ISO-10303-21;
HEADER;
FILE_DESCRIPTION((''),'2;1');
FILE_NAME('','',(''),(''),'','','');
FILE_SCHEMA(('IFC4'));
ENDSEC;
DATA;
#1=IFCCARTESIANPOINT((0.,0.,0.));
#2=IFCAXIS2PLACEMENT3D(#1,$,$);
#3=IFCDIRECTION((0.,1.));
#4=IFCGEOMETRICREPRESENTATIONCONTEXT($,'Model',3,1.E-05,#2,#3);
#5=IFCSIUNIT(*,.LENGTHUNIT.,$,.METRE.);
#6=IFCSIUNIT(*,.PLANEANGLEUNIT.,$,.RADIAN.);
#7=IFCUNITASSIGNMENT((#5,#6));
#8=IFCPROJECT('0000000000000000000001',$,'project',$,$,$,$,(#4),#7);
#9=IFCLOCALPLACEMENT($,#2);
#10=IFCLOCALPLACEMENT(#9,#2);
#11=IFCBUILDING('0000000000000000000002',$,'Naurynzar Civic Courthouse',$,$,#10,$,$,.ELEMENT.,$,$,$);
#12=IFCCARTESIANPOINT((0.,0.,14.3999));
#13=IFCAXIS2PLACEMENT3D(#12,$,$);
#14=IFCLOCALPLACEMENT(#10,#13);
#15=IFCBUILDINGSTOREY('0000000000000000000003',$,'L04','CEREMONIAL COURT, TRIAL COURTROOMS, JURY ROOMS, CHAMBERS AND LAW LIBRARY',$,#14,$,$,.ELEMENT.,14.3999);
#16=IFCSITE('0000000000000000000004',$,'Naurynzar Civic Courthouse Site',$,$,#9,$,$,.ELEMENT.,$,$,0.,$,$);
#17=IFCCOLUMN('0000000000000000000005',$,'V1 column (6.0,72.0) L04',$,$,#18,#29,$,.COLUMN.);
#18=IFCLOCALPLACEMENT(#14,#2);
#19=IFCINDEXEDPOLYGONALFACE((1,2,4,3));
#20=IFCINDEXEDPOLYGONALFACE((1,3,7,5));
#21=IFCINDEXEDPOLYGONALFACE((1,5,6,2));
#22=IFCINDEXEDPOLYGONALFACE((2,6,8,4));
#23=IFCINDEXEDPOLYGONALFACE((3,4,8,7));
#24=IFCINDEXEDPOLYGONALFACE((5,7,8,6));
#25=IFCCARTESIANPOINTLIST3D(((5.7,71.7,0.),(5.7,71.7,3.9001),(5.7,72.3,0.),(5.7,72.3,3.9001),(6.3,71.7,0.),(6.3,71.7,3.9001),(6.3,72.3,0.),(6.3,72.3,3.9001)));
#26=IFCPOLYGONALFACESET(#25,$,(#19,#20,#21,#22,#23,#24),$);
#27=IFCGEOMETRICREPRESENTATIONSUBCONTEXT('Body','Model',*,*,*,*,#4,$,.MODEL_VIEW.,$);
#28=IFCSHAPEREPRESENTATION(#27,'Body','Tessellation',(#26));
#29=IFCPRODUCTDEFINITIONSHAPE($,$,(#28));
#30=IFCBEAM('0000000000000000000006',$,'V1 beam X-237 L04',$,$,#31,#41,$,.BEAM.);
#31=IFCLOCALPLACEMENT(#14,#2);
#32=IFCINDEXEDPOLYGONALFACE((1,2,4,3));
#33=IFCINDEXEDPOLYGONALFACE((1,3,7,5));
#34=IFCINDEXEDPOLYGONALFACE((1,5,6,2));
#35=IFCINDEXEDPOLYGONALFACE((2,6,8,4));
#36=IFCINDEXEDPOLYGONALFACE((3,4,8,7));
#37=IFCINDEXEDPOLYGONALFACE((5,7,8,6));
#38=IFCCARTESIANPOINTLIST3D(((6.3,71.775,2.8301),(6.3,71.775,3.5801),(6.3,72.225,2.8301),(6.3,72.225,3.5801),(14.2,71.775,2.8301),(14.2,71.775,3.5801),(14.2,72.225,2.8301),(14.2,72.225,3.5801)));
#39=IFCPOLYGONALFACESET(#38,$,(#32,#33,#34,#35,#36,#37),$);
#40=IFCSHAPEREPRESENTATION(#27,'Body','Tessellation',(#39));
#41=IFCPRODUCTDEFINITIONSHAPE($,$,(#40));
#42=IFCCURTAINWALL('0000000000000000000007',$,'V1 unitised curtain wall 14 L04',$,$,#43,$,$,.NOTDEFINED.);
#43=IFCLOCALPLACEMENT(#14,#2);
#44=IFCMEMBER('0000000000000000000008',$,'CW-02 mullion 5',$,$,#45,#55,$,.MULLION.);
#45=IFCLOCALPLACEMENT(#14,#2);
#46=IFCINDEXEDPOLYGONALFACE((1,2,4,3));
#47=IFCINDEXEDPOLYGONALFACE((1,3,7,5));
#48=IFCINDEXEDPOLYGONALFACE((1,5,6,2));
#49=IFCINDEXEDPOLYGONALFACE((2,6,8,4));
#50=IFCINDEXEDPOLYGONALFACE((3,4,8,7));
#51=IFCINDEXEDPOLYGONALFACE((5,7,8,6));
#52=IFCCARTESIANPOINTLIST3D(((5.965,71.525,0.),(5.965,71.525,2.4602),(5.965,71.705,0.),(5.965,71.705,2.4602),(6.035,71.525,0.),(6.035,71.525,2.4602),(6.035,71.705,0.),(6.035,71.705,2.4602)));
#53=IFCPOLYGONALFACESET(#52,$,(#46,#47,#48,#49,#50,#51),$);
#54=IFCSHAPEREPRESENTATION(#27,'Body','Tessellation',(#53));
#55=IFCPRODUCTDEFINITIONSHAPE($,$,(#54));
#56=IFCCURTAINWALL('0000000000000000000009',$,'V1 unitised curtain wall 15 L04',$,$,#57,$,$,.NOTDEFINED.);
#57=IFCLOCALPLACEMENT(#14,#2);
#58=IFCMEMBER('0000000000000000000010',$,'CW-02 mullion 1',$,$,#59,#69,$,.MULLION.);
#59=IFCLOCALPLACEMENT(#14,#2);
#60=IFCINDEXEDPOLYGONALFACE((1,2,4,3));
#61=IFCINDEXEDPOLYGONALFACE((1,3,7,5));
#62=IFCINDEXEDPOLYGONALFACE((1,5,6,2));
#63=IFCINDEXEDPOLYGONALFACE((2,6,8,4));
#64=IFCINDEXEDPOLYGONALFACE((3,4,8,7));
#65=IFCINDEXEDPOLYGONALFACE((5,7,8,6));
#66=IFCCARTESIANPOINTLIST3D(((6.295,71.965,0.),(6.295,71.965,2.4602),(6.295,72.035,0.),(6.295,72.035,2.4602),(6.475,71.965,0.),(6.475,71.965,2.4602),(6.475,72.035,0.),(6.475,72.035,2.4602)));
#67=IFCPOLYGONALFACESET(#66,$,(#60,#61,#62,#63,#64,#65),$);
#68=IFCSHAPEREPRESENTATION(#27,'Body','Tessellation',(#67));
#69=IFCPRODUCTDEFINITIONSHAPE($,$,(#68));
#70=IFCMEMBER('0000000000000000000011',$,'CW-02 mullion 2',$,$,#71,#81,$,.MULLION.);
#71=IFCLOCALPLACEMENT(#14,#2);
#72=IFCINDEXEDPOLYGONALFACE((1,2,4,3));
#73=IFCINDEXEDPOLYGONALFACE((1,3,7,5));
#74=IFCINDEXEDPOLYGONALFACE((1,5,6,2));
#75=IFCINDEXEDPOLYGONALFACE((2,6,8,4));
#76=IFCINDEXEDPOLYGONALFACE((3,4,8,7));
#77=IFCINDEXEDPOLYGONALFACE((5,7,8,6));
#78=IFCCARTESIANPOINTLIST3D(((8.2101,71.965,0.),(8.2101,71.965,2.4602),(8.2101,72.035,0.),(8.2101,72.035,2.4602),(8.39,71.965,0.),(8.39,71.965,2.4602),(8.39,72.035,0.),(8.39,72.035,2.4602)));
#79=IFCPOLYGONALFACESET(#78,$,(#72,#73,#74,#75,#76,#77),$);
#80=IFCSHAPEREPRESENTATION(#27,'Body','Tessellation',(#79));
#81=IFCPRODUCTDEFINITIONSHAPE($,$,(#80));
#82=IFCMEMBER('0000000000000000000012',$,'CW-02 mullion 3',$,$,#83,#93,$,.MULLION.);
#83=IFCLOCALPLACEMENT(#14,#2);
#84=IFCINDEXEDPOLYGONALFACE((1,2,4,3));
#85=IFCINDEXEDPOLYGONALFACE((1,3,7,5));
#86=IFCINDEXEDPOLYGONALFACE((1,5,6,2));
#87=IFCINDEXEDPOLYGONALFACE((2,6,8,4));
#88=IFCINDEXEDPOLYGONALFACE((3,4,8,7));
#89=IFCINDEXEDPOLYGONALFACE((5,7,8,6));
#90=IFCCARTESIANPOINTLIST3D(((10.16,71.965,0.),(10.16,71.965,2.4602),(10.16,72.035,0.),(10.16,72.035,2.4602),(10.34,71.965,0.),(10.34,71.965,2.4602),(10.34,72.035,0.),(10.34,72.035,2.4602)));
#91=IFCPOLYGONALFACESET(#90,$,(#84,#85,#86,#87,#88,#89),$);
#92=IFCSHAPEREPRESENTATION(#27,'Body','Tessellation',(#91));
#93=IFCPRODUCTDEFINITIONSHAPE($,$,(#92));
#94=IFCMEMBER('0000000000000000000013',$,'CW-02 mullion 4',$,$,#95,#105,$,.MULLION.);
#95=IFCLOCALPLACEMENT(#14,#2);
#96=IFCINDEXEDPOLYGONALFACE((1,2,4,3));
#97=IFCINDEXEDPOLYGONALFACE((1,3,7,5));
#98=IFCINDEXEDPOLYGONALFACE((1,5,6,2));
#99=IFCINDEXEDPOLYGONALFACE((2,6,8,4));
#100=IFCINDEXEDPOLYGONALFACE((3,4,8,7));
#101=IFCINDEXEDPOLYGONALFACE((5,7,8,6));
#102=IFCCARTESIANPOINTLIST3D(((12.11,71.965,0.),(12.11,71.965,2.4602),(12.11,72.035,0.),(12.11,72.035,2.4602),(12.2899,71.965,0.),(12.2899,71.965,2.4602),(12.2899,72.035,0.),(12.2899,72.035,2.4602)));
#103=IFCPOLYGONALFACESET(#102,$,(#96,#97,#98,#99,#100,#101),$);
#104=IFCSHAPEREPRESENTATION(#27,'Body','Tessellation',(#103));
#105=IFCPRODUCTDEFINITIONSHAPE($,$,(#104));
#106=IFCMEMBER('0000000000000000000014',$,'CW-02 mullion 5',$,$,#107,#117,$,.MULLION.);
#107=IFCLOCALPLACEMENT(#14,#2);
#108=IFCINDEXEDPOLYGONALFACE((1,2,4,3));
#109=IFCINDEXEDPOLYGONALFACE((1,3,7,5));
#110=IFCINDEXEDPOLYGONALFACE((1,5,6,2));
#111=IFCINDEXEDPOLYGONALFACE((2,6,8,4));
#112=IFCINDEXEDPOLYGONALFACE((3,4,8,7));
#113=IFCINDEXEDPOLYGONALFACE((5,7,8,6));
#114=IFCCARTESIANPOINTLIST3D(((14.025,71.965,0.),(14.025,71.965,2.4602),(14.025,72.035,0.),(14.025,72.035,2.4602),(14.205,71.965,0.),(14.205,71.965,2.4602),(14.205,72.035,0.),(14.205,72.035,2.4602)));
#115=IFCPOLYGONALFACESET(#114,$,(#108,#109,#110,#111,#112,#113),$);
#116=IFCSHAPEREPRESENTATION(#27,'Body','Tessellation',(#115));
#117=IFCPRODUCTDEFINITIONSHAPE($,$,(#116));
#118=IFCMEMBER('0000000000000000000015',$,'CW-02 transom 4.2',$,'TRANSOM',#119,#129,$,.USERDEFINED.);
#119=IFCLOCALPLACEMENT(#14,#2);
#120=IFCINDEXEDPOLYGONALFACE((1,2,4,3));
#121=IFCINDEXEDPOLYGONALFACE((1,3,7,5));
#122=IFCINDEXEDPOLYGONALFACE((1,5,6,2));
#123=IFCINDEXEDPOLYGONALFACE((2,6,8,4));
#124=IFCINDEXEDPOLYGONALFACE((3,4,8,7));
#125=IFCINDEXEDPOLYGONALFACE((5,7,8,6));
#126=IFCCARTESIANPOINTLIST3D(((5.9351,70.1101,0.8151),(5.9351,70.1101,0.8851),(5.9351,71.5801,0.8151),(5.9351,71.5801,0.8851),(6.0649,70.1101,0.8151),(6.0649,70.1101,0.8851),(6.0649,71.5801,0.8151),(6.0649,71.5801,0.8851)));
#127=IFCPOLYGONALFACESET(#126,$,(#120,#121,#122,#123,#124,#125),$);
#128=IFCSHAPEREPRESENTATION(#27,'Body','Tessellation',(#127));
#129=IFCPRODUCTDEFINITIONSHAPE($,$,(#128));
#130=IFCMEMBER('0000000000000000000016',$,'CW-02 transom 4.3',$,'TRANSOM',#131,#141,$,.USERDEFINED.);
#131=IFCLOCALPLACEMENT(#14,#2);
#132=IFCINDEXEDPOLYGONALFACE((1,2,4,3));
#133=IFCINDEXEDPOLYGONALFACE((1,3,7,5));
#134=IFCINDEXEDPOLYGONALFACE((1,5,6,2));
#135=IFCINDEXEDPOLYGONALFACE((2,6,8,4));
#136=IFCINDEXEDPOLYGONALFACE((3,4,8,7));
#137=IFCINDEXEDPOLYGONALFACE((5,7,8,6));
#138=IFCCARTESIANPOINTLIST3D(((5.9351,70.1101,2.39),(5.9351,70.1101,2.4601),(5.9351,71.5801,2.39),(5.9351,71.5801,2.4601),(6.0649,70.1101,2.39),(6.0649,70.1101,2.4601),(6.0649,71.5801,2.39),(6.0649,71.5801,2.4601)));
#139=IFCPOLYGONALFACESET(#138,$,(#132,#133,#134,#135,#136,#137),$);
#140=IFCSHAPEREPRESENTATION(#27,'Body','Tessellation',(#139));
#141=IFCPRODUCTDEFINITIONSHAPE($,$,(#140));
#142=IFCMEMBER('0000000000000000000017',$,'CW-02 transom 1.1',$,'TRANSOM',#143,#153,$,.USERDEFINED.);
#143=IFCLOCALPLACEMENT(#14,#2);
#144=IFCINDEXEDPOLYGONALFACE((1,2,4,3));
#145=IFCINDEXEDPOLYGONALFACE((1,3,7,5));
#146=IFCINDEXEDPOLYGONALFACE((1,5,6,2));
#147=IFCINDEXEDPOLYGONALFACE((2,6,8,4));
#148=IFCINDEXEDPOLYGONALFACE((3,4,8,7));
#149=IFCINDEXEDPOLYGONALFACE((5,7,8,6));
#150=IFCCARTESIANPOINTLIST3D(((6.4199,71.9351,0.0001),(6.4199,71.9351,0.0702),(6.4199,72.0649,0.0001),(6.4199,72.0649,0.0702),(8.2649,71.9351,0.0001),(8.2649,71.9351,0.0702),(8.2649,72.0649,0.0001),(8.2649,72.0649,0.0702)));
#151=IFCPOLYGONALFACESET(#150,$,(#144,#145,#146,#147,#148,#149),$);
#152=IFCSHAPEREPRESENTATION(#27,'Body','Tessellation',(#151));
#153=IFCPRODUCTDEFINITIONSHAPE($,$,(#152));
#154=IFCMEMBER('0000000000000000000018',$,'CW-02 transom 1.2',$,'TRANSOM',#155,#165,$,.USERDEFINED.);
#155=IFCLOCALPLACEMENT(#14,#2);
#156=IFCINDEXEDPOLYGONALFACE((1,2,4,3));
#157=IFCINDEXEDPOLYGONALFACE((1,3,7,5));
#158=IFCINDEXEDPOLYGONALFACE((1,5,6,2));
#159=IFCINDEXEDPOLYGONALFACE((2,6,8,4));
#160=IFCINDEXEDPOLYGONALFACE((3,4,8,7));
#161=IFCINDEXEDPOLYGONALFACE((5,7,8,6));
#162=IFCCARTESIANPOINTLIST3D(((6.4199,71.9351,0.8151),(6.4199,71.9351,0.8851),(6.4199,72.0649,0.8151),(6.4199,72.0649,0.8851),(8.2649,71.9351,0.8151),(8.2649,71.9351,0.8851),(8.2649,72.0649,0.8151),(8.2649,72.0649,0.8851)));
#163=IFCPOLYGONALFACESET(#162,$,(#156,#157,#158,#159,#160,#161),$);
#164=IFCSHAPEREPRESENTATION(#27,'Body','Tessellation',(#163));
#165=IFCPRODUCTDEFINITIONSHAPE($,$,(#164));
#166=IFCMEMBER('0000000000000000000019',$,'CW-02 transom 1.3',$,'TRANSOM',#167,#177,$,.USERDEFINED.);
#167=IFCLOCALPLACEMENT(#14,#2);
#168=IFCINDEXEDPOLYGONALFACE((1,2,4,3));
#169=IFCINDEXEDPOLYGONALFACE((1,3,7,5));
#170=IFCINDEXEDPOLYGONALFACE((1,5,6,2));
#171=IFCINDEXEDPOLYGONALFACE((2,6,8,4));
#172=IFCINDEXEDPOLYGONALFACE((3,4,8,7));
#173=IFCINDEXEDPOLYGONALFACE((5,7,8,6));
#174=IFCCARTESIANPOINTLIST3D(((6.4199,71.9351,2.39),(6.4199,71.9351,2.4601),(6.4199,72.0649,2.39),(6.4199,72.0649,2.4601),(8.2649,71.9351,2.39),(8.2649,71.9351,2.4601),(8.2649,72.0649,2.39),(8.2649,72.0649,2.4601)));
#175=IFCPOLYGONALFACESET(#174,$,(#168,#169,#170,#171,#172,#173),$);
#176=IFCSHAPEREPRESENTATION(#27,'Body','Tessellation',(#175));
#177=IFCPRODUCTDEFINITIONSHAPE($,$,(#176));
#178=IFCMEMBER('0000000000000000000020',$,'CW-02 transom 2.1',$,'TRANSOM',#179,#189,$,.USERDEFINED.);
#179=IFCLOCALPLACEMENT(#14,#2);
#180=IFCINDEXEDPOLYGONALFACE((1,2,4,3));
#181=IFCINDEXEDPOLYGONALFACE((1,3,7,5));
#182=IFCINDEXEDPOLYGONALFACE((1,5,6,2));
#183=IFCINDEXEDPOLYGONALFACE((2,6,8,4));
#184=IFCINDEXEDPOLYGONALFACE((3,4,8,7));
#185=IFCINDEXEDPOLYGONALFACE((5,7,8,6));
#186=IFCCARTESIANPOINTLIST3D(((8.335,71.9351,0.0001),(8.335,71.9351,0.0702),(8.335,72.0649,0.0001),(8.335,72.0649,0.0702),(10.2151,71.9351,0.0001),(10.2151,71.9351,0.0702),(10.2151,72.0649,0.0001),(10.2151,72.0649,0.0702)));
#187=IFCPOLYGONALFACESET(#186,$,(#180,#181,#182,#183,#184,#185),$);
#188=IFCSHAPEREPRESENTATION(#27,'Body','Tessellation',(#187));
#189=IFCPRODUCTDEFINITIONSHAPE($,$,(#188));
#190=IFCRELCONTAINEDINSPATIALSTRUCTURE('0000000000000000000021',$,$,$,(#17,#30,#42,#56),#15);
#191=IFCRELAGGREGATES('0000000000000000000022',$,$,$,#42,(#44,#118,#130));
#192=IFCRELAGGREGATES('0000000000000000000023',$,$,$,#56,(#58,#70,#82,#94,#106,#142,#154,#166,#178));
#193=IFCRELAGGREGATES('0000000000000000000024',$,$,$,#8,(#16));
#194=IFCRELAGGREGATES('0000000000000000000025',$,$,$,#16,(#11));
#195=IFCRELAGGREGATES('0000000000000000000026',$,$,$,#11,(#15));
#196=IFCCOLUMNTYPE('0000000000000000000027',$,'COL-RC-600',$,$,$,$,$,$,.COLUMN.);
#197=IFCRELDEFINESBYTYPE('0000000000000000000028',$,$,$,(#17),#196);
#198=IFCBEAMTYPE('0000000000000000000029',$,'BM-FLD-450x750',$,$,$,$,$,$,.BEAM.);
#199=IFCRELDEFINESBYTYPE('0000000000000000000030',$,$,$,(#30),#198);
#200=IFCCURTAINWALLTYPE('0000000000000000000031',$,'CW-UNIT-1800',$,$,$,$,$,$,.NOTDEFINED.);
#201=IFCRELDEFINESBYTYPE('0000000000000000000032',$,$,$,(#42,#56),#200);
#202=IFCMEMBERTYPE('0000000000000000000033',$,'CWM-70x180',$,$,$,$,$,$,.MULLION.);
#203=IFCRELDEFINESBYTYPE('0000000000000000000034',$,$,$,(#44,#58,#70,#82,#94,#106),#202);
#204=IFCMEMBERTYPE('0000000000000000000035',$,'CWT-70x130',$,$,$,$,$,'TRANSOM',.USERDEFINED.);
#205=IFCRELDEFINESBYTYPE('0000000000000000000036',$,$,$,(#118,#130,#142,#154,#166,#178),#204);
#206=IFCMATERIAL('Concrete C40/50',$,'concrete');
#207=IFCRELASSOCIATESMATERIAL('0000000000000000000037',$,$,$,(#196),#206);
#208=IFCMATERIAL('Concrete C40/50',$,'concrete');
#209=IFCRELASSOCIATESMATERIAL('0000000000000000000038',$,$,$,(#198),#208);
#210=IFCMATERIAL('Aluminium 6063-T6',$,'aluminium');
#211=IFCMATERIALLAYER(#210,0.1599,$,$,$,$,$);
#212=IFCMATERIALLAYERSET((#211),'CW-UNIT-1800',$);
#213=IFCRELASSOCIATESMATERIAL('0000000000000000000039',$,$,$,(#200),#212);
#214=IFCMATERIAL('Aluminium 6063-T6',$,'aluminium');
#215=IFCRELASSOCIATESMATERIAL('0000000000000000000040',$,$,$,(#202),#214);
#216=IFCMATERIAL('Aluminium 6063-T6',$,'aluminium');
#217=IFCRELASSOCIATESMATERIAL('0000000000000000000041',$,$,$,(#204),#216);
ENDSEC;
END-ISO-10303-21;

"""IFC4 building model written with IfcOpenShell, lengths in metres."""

from ifc_helpers import new_model, si_unit, direction, frame, origin, origin_2d, place, context, subcontext, project, spatial, rectangle, extrude, material, layer, layer_set, material_profile, profile_set, type_object, element, aggregate, save


model = new_model("IFC4")

# Units and contexts
model_context = context("Model", 3, precision=1e-05, world=origin(), true_north=direction((0.0, 1.0)))
body_context = subcontext(model_context, "Body", "Model", "MODEL_VIEW")
ifc_project = project(units=[si_unit("LENGTHUNIT", "METRE"), si_unit("PLANEANGLEUNIT", "RADIAN")], contexts=[model_context])

# Site, building, storey
site_placement = place(None, origin())
site = spatial("IfcSite", under=ifc_project, at=site_placement, Name="Naurynzar Civic Courthouse Site", CompositionType="ELEMENT", RefElevation=0.0)
building_placement = place(site_placement, origin())
building = spatial("IfcBuilding", under=site, at=building_placement, Name="Naurynzar Civic Courthouse", CompositionType="ELEMENT")
storey_placement = place(building_placement, frame((0.0, 0.0, 14.3999)))
storey = spatial("IfcBuildingStorey", under=building, at=storey_placement, Name="L04", Description="CEREMONIAL COURT, TRIAL COURTROOMS, JURY ROOMS, CHAMBERS AND LAW LIBRARY", CompositionType="ELEMENT", Elevation=14.3999)

# Column
ifc_material_1 = material(Name="Concrete C40/50", Category="concrete")
ifc_material_profile_1 = material_profile(ifc_material_1, rectangle(XDim=0.6001, YDim=0.6001, at=origin_2d()), Name="RC 600x600")
ifc_profile_set_1 = profile_set([ifc_material_profile_1], Name="Concrete C40/50")
column_type = type_object("IfcColumnType", Name="COL-RC-600", PredefinedType="COLUMN", material=ifc_profile_set_1)
column_placement = place(storey_placement, frame((6.0, 72.0, 0.0), z_axis=(0.0, 0.0, 1.0), x_axis=(1.0, 0.0, 0.0)))
element("IfcColumn", 1, at=column_placement, inside=storey, type_object=column_type, Name="V1 column (6.0,72.0) L04", PredefinedType="COLUMN", context=body_context, shape_type="SweptSolid", body=[
    extrude(rectangle(XDim=0.6001, YDim=0.6001, at=origin_2d()), origin(), (0.0, 0.0, 1.0), 3.9001),
])

# Beam
ifc_material_2 = material(Name="Concrete C40/50", Category="concrete")
ifc_material_profile_2 = material_profile(ifc_material_2, rectangle(XDim=0.45, YDim=0.75, at=origin_2d()), Name="RCF 450x750")
ifc_profile_set_2 = profile_set([ifc_material_profile_2], Name="Concrete C40/50")
beam_type = type_object("IfcBeamType", Name="BM-FLD-450x750", PredefinedType="BEAM", material=ifc_profile_set_2)
beam_placement = place(storey_placement, frame((6.3, 72.0, 3.2051), z_axis=(1.0, 0.0, 0.0), x_axis=(0.0, 1.0, 0.0)))
element("IfcBeam", 2, at=beam_placement, inside=storey, type_object=beam_type, Name="V1 beam X-237 L04", PredefinedType="BEAM", context=body_context, shape_type="SweptSolid", body=[
    extrude(rectangle(XDim=0.45, YDim=0.75, at=origin_2d()), origin(), (0.0, 0.0, 1.0), 7.8999),
])

# Curtain wall, member
ifc_material_3 = material(Name="Aluminium 6063-T6", Category="aluminium")
ifc_layer_1 = layer(ifc_material_3, 0.1599)
ifc_layer_set_1 = layer_set([ifc_layer_1], Name="CW-UNIT-1800")
curtain_wall_type = type_object("IfcCurtainWallType", Name="CW-UNIT-1800", PredefinedType="NOTDEFINED", material=ifc_layer_set_1)
curtain_wall_1_placement = place(storey_placement, origin())
curtain_wall_1 = element("IfcCurtainWall", 3, at=curtain_wall_1_placement, inside=storey, type_object=curtain_wall_type, Name="V1 unitised curtain wall 14 L04", PredefinedType="NOTDEFINED")
ifc_material_4 = material(Name="Aluminium 6063-T6", Category="aluminium")
ifc_material_profile_3 = material_profile(ifc_material_4, rectangle(XDim=0.0701, YDim=0.1799, at=origin_2d()), Name="ALU MULLION 70x180")
ifc_profile_set_3 = profile_set([ifc_material_profile_3], Name="Aluminium 6063-T6")
member_type_1 = type_object("IfcMemberType", Name="CWM-70x180", PredefinedType="MULLION", material=ifc_profile_set_3)
member_1_placement = place(storey_placement, frame((6.0, 71.615, 0.0), z_axis=(0.0, 0.0, 1.0), x_axis=(-1.0, 0.0, 0.0)))
member_1 = element("IfcMember", 4, at=member_1_placement, type_object=member_type_1, Name="CW-02 mullion 5", PredefinedType="MULLION", context=body_context, shape_type="SweptSolid", body=[
    extrude(rectangle(XDim=0.0701, YDim=0.1799, at=origin_2d()), origin(), (0.0, 0.0, 1.0), 2.4602),
])

# Curtain wall, members
curtain_wall_2_placement = place(storey_placement, origin())
curtain_wall_2 = element("IfcCurtainWall", 5, at=curtain_wall_2_placement, inside=storey, type_object=curtain_wall_type, Name="V1 unitised curtain wall 15 L04", PredefinedType="NOTDEFINED")
member_2_placement = place(storey_placement, frame((6.385, 72.0, 0.0), z_axis=(0.0, 0.0, 1.0), x_axis=(0.0, 1.0, 0.0)))
member_2 = element("IfcMember", 6, at=member_2_placement, type_object=member_type_1, Name="CW-02 mullion 1", PredefinedType="MULLION", context=body_context, shape_type="SweptSolid", body=[
    extrude(rectangle(XDim=0.0701, YDim=0.1799, at=origin_2d()), origin(), (0.0, 0.0, 1.0), 2.4602),
])
member_3_placement = place(storey_placement, frame((8.3, 72.0, 0.0), z_axis=(0.0, 0.0, 1.0), x_axis=(0.0, 1.0, 0.0)))
member_3 = element("IfcMember", 7, at=member_3_placement, type_object=member_type_1, Name="CW-02 mullion 2", PredefinedType="MULLION", context=body_context, shape_type="SweptSolid", body=[
    extrude(rectangle(XDim=0.0701, YDim=0.1799, at=origin_2d()), origin(), (0.0, 0.0, 1.0), 2.4602),
])
member_4_placement = place(storey_placement, frame((10.25, 72.0, 0.0), z_axis=(0.0, 0.0, 1.0), x_axis=(0.0, 1.0, 0.0)))
member_4 = element("IfcMember", 8, at=member_4_placement, type_object=member_type_1, Name="CW-02 mullion 3", PredefinedType="MULLION", context=body_context, shape_type="SweptSolid", body=[
    extrude(rectangle(XDim=0.0701, YDim=0.1799, at=origin_2d()), origin(), (0.0, 0.0, 1.0), 2.4602),
])
member_5_placement = place(storey_placement, frame((12.2, 72.0, 0.0), z_axis=(0.0, 0.0, 1.0), x_axis=(0.0, 1.0, 0.0)))
member_5 = element("IfcMember", 9, at=member_5_placement, type_object=member_type_1, Name="CW-02 mullion 4", PredefinedType="MULLION", context=body_context, shape_type="SweptSolid", body=[
    extrude(rectangle(XDim=0.0701, YDim=0.1799, at=origin_2d()), origin(), (0.0, 0.0, 1.0), 2.4602),
])
member_6_placement = place(storey_placement, frame((14.115, 72.0, 0.0), z_axis=(0.0, 0.0, 1.0), x_axis=(0.0, 1.0, 0.0)))
member_6 = element("IfcMember", 10, at=member_6_placement, type_object=member_type_1, Name="CW-02 mullion 5", PredefinedType="MULLION", context=body_context, shape_type="SweptSolid", body=[
    extrude(rectangle(XDim=0.0701, YDim=0.1799, at=origin_2d()), origin(), (0.0, 0.0, 1.0), 2.4602),
])

# Members
ifc_material_5 = material(Name="Aluminium 6063-T6", Category="aluminium")
ifc_material_profile_4 = material_profile(ifc_material_5, rectangle(XDim=0.1299, YDim=0.0701, at=origin_2d()), Name="ALU TRANSOM 70x130")
ifc_profile_set_4 = profile_set([ifc_material_profile_4], Name="Aluminium 6063-T6")
member_type_2 = type_object("IfcMemberType", Name="CWT-70x130", ElementType="TRANSOM", PredefinedType="USERDEFINED", material=ifc_profile_set_4)
member_7_placement = place(storey_placement, frame((6.0, 70.1101, 0.8501), z_axis=(0.0, 1.0, 0.0), x_axis=(-1.0, 0.0, 0.0)))
member_7 = element("IfcMember", 11, at=member_7_placement, type_object=member_type_2, Name="CW-02 transom 4.2", ObjectType="TRANSOM", PredefinedType="USERDEFINED", context=body_context, shape_type="SweptSolid", body=[
    extrude(rectangle(XDim=0.1299, YDim=0.0701, at=origin_2d()), origin(), (0.0, 0.0, 1.0), 1.47),
])
member_8_placement = place(storey_placement, frame((6.0, 70.1101, 2.425), z_axis=(0.0, 1.0, 0.0), x_axis=(-1.0, 0.0, 0.0)))
member_8 = element("IfcMember", 12, at=member_8_placement, type_object=member_type_2, Name="CW-02 transom 4.3", ObjectType="TRANSOM", PredefinedType="USERDEFINED", context=body_context, shape_type="SweptSolid", body=[
    extrude(rectangle(XDim=0.1299, YDim=0.0701, at=origin_2d()), origin(), (0.0, 0.0, 1.0), 1.47),
])
member_9_placement = place(storey_placement, frame((6.4199, 72.0, 0.0352), z_axis=(1.0, 0.0, 0.0), x_axis=(0.0, 1.0, 0.0)))
member_9 = element("IfcMember", 13, at=member_9_placement, type_object=member_type_2, Name="CW-02 transom 1.1", ObjectType="TRANSOM", PredefinedType="USERDEFINED", context=body_context, shape_type="SweptSolid", body=[
    extrude(rectangle(XDim=0.1299, YDim=0.0701, at=origin_2d()), origin(), (0.0, 0.0, 1.0), 1.845),
])
member_10_placement = place(storey_placement, frame((6.4199, 72.0, 0.8501), z_axis=(1.0, 0.0, 0.0), x_axis=(0.0, 1.0, 0.0)))
member_10 = element("IfcMember", 14, at=member_10_placement, type_object=member_type_2, Name="CW-02 transom 1.2", ObjectType="TRANSOM", PredefinedType="USERDEFINED", context=body_context, shape_type="SweptSolid", body=[
    extrude(rectangle(XDim=0.1299, YDim=0.0701, at=origin_2d()), origin(), (0.0, 0.0, 1.0), 1.845),
])
member_11_placement = place(storey_placement, frame((6.4199, 72.0, 2.425), z_axis=(1.0, 0.0, 0.0), x_axis=(0.0, 1.0, 0.0)))
member_11 = element("IfcMember", 15, at=member_11_placement, type_object=member_type_2, Name="CW-02 transom 1.3", ObjectType="TRANSOM", PredefinedType="USERDEFINED", context=body_context, shape_type="SweptSolid", body=[
    extrude(rectangle(XDim=0.1299, YDim=0.0701, at=origin_2d()), origin(), (0.0, 0.0, 1.0), 1.845),
])
member_12_placement = place(storey_placement, frame((8.335, 72.0, 0.0352), z_axis=(1.0, 0.0, 0.0), x_axis=(0.0, 1.0, 0.0)))
member_12 = element("IfcMember", 16, at=member_12_placement, type_object=member_type_2, Name="CW-02 transom 2.1", ObjectType="TRANSOM", PredefinedType="USERDEFINED", context=body_context, shape_type="SweptSolid", body=[
    extrude(rectangle(XDim=0.1299, YDim=0.0701, at=origin_2d()), origin(), (0.0, 0.0, 1.0), 1.8801),
])

aggregate(curtain_wall_1, [member_1, member_7, member_8])
aggregate(curtain_wall_2, [member_2, member_3, member_4, member_5, member_6, member_9, member_10, member_11, member_12])

save(model, "model.ifc")
